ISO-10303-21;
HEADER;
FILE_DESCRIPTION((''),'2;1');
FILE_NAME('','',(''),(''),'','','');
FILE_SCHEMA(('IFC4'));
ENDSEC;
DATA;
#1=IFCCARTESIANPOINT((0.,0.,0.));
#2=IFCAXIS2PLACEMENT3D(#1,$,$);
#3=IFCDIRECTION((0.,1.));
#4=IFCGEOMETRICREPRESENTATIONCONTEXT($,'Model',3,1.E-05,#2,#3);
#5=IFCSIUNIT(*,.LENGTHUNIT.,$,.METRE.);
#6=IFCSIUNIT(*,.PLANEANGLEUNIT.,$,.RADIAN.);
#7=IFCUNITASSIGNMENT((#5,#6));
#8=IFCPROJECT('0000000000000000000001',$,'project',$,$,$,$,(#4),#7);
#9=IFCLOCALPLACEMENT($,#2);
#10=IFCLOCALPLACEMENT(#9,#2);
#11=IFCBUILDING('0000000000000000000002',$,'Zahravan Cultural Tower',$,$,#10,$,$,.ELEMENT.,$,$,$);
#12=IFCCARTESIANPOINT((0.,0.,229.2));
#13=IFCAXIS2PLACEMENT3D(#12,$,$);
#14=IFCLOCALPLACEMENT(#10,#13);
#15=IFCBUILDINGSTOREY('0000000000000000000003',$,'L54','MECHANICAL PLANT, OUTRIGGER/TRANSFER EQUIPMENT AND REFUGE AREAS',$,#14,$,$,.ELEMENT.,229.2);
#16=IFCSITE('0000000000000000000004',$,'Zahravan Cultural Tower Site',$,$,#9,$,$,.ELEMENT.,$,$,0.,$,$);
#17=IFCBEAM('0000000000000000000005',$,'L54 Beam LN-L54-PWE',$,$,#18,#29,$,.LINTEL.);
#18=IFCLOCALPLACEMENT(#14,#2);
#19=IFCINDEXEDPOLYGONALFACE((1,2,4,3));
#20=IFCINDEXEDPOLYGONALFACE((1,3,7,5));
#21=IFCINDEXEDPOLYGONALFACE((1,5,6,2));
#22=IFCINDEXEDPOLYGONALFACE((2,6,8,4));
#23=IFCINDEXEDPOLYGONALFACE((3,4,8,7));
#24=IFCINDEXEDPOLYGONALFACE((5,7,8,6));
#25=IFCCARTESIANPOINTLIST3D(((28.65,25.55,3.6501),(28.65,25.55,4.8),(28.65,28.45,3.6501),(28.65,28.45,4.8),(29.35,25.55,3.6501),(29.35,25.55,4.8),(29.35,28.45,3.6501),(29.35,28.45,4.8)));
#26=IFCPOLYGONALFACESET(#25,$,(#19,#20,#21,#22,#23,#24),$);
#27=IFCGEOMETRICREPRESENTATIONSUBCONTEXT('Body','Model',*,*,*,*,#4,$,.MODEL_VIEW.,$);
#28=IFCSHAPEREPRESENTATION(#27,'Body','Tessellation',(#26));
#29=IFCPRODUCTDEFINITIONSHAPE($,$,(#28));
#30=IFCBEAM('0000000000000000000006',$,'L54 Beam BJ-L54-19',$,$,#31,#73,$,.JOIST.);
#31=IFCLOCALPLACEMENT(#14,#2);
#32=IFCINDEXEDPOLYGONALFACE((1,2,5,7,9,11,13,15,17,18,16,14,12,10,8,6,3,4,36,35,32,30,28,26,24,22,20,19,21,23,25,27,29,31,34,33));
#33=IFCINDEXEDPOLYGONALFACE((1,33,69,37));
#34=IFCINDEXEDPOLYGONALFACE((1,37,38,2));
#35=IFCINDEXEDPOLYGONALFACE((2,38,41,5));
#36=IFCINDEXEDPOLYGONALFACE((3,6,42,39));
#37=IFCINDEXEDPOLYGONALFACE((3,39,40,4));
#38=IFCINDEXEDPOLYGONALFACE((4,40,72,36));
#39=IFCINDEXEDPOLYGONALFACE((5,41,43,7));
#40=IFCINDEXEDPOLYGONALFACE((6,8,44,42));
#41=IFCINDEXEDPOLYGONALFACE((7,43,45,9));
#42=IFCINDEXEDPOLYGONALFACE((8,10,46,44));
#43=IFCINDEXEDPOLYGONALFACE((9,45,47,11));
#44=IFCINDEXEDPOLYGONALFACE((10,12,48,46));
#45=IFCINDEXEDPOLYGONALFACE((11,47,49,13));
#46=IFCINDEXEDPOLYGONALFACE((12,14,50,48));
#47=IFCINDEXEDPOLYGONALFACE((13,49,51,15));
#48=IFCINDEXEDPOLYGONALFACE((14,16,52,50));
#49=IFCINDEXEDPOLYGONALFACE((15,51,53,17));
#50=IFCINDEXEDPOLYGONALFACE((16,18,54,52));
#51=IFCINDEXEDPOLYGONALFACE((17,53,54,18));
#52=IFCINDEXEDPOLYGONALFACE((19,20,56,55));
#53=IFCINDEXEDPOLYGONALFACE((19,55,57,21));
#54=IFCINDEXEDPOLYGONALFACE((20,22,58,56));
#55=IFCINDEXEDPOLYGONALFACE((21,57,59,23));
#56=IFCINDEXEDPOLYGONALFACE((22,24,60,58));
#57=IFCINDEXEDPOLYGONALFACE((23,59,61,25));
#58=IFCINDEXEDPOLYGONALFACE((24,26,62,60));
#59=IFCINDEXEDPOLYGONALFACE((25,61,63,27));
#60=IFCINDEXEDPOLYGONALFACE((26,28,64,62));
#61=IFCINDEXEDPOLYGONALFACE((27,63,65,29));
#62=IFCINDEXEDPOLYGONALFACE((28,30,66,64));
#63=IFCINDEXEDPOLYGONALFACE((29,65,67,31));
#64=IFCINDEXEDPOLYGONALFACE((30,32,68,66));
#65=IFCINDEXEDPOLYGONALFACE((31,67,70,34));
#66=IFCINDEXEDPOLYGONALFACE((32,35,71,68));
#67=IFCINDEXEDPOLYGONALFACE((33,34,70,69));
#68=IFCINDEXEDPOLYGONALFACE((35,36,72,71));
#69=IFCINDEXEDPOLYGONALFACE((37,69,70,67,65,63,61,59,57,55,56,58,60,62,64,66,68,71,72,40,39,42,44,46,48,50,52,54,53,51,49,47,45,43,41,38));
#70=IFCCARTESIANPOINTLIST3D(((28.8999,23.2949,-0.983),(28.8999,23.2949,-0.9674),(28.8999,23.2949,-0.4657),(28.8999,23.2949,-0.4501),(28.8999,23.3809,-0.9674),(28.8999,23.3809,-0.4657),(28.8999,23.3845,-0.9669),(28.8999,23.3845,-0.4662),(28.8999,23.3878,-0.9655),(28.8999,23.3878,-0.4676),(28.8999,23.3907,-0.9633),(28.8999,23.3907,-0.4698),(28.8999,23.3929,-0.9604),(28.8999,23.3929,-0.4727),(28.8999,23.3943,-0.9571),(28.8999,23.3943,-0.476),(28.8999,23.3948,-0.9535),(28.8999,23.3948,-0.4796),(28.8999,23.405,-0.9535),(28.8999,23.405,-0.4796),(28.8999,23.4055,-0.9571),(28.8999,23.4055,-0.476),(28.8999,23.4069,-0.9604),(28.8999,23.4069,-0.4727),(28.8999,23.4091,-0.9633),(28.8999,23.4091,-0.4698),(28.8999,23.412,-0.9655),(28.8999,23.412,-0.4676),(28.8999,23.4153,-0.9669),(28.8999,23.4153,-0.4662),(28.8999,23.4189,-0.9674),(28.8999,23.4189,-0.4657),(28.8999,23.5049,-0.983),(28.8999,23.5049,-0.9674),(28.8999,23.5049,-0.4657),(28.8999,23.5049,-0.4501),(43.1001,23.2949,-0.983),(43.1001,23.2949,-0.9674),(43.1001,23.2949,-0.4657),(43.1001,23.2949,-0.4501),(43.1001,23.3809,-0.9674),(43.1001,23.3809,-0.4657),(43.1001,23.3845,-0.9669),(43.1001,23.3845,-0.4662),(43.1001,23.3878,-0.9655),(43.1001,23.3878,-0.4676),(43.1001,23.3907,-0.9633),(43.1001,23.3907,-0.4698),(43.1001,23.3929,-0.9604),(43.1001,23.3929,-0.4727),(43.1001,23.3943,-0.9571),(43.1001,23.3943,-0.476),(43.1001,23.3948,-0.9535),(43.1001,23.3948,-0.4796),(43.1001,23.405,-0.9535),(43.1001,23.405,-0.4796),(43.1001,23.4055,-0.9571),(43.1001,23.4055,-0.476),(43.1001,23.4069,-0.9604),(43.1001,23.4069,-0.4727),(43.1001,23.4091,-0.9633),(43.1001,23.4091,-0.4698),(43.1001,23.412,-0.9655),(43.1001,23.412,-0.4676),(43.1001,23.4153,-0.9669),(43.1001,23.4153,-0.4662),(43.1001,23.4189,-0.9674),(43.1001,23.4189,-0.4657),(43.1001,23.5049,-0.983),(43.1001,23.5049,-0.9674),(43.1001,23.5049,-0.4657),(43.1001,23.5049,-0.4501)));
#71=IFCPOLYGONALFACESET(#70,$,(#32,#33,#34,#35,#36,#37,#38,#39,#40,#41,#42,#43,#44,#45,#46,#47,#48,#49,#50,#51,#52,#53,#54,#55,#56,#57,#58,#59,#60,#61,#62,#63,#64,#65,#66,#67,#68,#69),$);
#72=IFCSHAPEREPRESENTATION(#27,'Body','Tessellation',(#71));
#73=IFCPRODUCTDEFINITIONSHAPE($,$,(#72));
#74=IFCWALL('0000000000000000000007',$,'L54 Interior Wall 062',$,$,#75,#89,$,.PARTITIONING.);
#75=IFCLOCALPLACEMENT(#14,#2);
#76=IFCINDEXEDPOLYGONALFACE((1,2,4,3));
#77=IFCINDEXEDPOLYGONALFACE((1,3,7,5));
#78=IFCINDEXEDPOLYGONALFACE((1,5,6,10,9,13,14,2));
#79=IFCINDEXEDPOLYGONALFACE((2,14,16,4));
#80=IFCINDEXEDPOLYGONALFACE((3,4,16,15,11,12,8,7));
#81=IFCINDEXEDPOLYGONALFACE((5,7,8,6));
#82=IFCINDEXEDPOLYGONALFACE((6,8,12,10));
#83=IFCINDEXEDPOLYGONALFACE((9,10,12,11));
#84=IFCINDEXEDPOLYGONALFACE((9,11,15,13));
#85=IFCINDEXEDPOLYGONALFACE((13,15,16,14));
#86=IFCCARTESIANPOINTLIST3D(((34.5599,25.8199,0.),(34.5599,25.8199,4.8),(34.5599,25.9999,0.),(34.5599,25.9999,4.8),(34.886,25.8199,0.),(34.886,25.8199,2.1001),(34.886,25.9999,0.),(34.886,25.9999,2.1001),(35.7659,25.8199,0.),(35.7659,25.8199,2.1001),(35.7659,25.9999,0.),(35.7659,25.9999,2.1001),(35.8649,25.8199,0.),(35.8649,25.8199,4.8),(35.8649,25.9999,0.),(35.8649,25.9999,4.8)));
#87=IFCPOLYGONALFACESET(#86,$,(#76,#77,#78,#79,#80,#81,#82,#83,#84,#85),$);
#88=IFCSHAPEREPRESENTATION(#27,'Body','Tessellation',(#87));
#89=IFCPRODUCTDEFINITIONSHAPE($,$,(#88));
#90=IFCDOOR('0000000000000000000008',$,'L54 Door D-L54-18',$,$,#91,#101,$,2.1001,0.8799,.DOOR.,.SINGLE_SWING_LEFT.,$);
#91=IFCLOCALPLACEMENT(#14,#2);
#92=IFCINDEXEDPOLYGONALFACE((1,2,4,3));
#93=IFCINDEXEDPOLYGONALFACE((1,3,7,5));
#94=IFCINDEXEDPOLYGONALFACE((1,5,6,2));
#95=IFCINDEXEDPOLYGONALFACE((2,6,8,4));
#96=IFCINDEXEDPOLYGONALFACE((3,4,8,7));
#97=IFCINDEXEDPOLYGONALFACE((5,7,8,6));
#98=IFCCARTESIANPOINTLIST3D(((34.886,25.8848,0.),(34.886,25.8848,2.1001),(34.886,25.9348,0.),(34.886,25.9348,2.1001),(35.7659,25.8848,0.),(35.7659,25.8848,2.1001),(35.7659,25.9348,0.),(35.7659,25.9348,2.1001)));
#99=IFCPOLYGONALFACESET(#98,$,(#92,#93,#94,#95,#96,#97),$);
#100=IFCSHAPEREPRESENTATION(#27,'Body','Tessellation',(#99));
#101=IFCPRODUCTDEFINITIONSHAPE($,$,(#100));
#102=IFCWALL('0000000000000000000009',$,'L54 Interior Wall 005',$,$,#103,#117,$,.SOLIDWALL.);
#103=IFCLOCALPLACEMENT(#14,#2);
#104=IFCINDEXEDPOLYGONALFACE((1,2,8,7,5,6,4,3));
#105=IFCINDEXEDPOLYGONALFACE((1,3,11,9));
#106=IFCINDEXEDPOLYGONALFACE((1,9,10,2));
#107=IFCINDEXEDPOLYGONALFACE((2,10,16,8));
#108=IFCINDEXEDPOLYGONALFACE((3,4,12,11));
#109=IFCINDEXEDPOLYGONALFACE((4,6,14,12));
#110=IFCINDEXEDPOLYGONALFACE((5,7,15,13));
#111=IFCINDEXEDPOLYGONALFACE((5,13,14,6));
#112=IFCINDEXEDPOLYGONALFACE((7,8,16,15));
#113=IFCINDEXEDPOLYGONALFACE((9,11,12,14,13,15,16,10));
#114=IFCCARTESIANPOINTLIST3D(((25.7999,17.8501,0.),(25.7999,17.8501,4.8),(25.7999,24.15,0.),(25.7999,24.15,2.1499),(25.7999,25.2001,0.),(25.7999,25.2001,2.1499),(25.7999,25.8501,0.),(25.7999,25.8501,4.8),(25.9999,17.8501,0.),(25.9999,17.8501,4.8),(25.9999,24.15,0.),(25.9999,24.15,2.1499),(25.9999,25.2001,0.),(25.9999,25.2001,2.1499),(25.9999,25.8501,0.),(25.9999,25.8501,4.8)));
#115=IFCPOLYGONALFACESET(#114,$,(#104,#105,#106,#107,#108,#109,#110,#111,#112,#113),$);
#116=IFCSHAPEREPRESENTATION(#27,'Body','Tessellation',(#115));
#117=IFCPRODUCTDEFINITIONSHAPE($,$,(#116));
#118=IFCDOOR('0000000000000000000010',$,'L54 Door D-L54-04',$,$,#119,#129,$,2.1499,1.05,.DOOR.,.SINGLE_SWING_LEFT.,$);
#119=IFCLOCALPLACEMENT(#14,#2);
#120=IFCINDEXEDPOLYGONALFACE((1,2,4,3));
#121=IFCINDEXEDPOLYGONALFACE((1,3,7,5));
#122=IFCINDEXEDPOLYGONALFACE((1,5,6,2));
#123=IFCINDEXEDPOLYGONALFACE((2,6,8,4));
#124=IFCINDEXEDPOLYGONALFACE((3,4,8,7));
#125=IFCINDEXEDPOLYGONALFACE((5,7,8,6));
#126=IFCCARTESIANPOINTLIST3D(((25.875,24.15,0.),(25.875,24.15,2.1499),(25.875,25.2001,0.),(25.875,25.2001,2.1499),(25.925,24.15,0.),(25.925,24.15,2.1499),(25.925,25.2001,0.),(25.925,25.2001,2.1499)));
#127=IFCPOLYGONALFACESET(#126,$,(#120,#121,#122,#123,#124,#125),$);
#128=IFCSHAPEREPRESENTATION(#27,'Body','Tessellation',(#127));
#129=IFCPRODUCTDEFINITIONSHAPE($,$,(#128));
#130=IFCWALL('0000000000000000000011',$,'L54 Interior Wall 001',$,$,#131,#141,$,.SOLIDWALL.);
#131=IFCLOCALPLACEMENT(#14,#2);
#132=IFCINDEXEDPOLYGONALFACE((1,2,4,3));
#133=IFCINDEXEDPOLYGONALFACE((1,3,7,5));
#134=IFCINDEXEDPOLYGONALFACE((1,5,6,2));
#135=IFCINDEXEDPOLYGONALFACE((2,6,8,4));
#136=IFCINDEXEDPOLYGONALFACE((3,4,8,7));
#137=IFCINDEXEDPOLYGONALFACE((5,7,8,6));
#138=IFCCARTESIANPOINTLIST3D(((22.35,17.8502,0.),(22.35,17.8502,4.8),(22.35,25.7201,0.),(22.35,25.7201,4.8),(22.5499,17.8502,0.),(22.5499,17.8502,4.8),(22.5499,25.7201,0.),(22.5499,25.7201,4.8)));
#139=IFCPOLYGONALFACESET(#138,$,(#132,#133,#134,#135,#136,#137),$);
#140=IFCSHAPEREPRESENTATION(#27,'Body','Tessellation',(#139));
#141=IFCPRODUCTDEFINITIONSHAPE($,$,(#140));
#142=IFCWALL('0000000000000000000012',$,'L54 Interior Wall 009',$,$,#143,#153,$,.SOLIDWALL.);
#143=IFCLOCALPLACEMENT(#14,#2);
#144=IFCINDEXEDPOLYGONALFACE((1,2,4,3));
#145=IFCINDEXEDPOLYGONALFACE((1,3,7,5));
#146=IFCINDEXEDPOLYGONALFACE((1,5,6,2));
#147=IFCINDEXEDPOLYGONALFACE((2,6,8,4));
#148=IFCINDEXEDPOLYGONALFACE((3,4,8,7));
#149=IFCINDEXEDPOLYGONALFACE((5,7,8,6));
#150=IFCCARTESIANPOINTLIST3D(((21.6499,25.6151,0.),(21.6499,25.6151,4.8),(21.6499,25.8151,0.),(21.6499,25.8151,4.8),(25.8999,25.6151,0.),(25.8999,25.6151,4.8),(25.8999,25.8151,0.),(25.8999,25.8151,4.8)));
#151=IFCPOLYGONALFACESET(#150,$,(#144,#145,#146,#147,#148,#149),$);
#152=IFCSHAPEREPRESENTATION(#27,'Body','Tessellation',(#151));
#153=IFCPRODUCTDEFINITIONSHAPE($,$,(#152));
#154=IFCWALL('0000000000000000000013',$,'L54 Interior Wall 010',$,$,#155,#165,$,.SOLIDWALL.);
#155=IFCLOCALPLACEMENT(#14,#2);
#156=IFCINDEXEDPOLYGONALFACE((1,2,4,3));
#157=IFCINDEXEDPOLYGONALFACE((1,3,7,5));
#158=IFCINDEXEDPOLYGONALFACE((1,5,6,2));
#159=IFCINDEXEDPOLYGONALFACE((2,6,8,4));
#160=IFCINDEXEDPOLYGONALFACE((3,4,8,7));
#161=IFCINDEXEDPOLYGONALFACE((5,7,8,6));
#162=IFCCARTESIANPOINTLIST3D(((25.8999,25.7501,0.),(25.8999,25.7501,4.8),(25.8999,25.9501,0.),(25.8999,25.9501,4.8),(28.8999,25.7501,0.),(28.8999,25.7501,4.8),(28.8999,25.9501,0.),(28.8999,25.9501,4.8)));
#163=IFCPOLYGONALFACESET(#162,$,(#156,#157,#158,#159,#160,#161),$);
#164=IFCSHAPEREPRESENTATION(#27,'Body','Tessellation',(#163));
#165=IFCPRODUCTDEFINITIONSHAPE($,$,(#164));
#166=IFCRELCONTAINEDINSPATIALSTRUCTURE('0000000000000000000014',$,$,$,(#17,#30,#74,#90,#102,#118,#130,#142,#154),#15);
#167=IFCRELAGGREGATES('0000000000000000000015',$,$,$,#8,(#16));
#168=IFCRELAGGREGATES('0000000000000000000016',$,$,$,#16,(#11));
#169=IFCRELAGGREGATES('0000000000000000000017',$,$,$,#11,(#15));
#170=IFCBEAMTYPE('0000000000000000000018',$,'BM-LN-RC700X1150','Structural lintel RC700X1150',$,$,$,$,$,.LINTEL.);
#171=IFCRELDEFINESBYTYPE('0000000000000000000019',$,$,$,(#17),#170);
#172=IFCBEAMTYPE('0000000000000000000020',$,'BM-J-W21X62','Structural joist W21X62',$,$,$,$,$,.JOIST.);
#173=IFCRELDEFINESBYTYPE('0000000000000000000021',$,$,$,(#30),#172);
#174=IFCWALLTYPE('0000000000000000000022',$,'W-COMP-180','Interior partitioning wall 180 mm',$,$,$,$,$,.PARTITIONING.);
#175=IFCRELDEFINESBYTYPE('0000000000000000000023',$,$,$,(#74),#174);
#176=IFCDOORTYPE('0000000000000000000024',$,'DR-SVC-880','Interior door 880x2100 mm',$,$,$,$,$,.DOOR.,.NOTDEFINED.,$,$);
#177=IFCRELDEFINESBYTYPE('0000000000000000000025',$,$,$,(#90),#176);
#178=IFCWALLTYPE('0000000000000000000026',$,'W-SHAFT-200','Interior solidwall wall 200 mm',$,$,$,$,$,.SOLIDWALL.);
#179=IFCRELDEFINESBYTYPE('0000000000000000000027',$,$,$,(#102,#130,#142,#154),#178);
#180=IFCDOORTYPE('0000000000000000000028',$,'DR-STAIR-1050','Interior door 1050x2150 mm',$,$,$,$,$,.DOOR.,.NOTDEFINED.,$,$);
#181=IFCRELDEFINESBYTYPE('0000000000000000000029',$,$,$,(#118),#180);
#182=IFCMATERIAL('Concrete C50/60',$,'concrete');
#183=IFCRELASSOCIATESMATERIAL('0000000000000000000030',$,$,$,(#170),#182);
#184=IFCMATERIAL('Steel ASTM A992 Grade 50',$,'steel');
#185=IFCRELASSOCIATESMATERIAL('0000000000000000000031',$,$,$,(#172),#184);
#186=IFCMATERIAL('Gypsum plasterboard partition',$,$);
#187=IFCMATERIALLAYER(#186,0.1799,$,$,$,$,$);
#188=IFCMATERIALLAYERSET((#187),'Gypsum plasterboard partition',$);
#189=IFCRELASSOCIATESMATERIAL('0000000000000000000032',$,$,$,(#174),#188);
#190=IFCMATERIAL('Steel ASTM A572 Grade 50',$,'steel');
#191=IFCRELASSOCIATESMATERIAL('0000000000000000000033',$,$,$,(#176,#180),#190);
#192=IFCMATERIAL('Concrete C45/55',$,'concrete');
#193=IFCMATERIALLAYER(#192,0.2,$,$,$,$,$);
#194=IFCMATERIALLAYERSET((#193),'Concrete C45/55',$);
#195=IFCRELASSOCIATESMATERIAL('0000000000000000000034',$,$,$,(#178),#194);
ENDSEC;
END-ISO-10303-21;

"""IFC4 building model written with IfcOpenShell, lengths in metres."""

from ifc_helpers import new_model, si_unit, direction, frame, frame_2d, origin, origin_2d, place, context, subcontext, project, spatial, rectangle, i_section, extrude, source, transform, mapped, material, layer, layer_set, material_profile, profile_set, type_object, element, fill, save


model = new_model("IFC4")

# Units and contexts
model_context = context("Model", 3, precision=1e-05, world=origin(), true_north=direction((0.0, 1.0)))
body_context = subcontext(model_context, "Body", "Model", "MODEL_VIEW")
ifc_project = project(units=[si_unit("LENGTHUNIT", "METRE"), si_unit("PLANEANGLEUNIT", "RADIAN")], contexts=[model_context])

# Site, building, storey
site_placement = place(None, origin())
site = spatial("IfcSite", under=ifc_project, at=site_placement, Name="Zahravan Cultural Tower Site", CompositionType="ELEMENT", RefElevation=0.0)
building_placement = place(site_placement, origin())
building = spatial("IfcBuilding", under=site, at=building_placement, Name="Zahravan Cultural Tower", CompositionType="ELEMENT")
storey_placement = place(building_placement, frame((0.0, 0.0, 229.2)))
storey = spatial("IfcBuildingStorey", under=building, at=storey_placement, Name="L54", Description="MECHANICAL PLANT, OUTRIGGER/TRANSFER EQUIPMENT AND REFUGE AREAS", CompositionType="ELEMENT", Elevation=229.2)

# Beams
ifc_material_1 = material(Name="Concrete C50/60", Category="concrete")
ifc_material_profile_1 = material_profile(ifc_material_1, rectangle(XDim=0.7, YDim=1.1499, at=origin_2d()), Name="RC700X1150")
ifc_profile_set_1 = profile_set([ifc_material_profile_1], Name="Concrete C50/60")
beam_type_1 = type_object("IfcBeamType", Name="BM-LN-RC700X1150", Description="Structural lintel RC700X1150", PredefinedType="LINTEL", material=ifc_profile_set_1)
shared_shape_1 = source(origin(), body_context, "Body", "SweptSolid", [
    extrude(rectangle(XDim=0.7, YDim=1.1499, at=origin_2d()), origin(), (0.0, 0.0, 1.0), 2.8999),
])
beam_1_placement = place(storey_placement, frame((29.0, 25.55, 4.2251), z_axis=(0.0, 1.0, 0.0), x_axis=(-1.0, 0.0, 0.0)))
element("IfcBeam", 1, at=beam_1_placement, inside=storey, type_object=beam_type_1, Name="L54 Beam LN-L54-PWE", PredefinedType="LINTEL", context=body_context, shape_type="MappedRepresentation", body=[
    mapped(shared_shape_1, transform((0.0, 0.0, 0.0), x_axis=(1.0, 0.0, 0.0), y_axis=(0.0, 1.0, 0.0), z_axis=(0.0, 0.0, 1.0), scale=1.0)),
])
ifc_material_2 = material(Name="Steel ASTM A992 Grade 50", Category="steel")
ifc_material_profile_2 = material_profile(ifc_material_2, i_section(OverallWidth=0.21, OverallDepth=0.533, WebThickness=0.0103, FlangeThickness=0.0156, FilletRadius=0.0139, at=origin_2d()), Name="W21X62")
ifc_profile_set_2 = profile_set([ifc_material_profile_2], Name="Steel ASTM A992 Grade 50")
beam_type_2 = type_object("IfcBeamType", Name="BM-J-W21X62", Description="Structural joist W21X62", PredefinedType="JOIST", material=ifc_profile_set_2)
shared_shape_2 = source(origin(), body_context, "Body", "SweptSolid", [
    extrude(i_section(OverallWidth=0.21, OverallDepth=0.533, WebThickness=0.0103, FlangeThickness=0.0156, FilletRadius=0.0139, at=origin_2d()), origin(), (0.0, 0.0, 1.0), 14.2002),
])
beam_2_placement = place(storey_placement, frame((28.8999, 23.3999, -0.7166), z_axis=(1.0, 0.0, 0.0), x_axis=(0.0, 1.0, 0.0)))
element("IfcBeam", 2, at=beam_2_placement, inside=storey, type_object=beam_type_2, Name="L54 Beam BJ-L54-19", PredefinedType="JOIST", context=body_context, shape_type="MappedRepresentation", body=[
    mapped(shared_shape_2, transform((0.0, 0.0, 0.0), x_axis=(1.0, 0.0, 0.0), y_axis=(0.0, 1.0, 0.0), z_axis=(0.0, 0.0, 1.0), scale=1.0)),
])

# Walls, openings, doors
ifc_material_3 = material(Name="Gypsum plasterboard partition")
ifc_layer_1 = layer(ifc_material_3, 0.1799)
ifc_layer_set_1 = layer_set([ifc_layer_1], Name="Gypsum plasterboard partition")
wall_type_1 = type_object("IfcWallType", Name="W-COMP-180", Description="Interior partitioning wall 180 mm", PredefinedType="PARTITIONING", material=ifc_layer_set_1)
ifc_material_4 = material(Name="Steel ASTM A572 Grade 50", Category="steel")
wall_1_placement = place(storey_placement, frame((34.5601, 25.9099, 0.0), z_axis=(0.0, 0.0, 1.0), x_axis=(1.0, 0.0, 0.0)))
wall_1 = element("IfcWall", 3, at=wall_1_placement, inside=storey, type_object=wall_type_1, Name="L54 Interior Wall 062", PredefinedType="PARTITIONING", context=body_context, shape_type="SweptSolid", body=[
    extrude(rectangle(XDim=1.3049, YDim=0.1799, at=frame_2d((0.6523, 0.0))), origin(), (0.0, 0.0, 1.0), 4.8),
])
opening_1_placement = place(wall_1_placement, frame((0.3259, 0.0, 0.0)))
opening_1 = element("IfcOpeningElement", 4, at=opening_1_placement, cuts=wall_1, PredefinedType="OPENING", context=body_context, shape_type="SweptSolid", body=[
    extrude(rectangle(XDim=0.8799, YDim=2.1001, at=frame_2d((0.4399, 1.05))), frame((0.0, 0.0999, 0.0), z_axis=(0.0, -1.0, 0.0), x_axis=(1.0, 0.0, 0.0)), (0.0, 0.0, 1.0), 0.2),
])
door_type_1 = type_object("IfcDoorType", Name="DR-SVC-880", Description="Interior door 880x2100 mm", OperationType="NOTDEFINED", PredefinedType="DOOR", material=ifc_material_4)
shared_shape_3 = source(origin(), body_context, "Body", "SweptSolid", [
    extrude(rectangle(XDim=0.8799, YDim=2.1001, at=frame_2d((0.4399, 1.05))), frame((0.0, 0.0249, 0.0), z_axis=(0.0, -1.0, 0.0), x_axis=(1.0, 0.0, 0.0)), (0.0, 0.0, 1.0), 0.05),
])
door_1_placement = place(opening_1_placement, origin())
door_1 = element("IfcDoor", 5, at=door_1_placement, inside=storey, type_object=door_type_1, Name="L54 Door D-L54-18", OperationType="SINGLE_SWING_LEFT", OverallHeight=2.1001, OverallWidth=0.8799, PredefinedType="DOOR", context=body_context, shape_type="MappedRepresentation", body=[
    mapped(shared_shape_3, transform((0.0, 0.0, 0.0), x_axis=(1.0, 0.0, 0.0), y_axis=(0.0, 1.0, 0.0), z_axis=(0.0, 0.0, 1.0), scale=1.0)),
])
fill(opening_1, door_1)
ifc_material_5 = material(Name="Concrete C45/55", Category="concrete")
ifc_layer_2 = layer(ifc_material_5, 0.2)
ifc_layer_set_2 = layer_set([ifc_layer_2], Name="Concrete C45/55")
wall_type_2 = type_object("IfcWallType", Name="W-SHAFT-200", Description="Interior solidwall wall 200 mm", PredefinedType="SOLIDWALL", material=ifc_layer_set_2)
wall_2_placement = place(storey_placement, frame((25.8999, 17.8501, 0.0), z_axis=(0.0, 0.0, 1.0), x_axis=(0.0, 1.0, 0.0)))
wall_2 = element("IfcWall", 6, at=wall_2_placement, inside=storey, type_object=wall_type_2, Name="L54 Interior Wall 005", PredefinedType="SOLIDWALL", context=body_context, shape_type="SweptSolid", body=[
    extrude(rectangle(XDim=8.0, YDim=0.2, at=frame_2d((4.0, 0.0))), origin(), (0.0, 0.0, 1.0), 4.8),
])
opening_2_placement = place(wall_2_placement, frame((6.3, 0.0, 0.0)))
opening_2 = element("IfcOpeningElement", 7, at=opening_2_placement, cuts=wall_2, PredefinedType="OPENING", context=body_context, shape_type="SweptSolid", body=[
    extrude(rectangle(XDim=1.05, YDim=2.1499, at=frame_2d((0.5249, 1.075))), frame((0.0, 0.1099, 0.0), z_axis=(0.0, -1.0, 0.0), x_axis=(1.0, 0.0, 0.0)), (0.0, 0.0, 1.0), 0.22),
])
door_type_2 = type_object("IfcDoorType", Name="DR-STAIR-1050", Description="Interior door 1050x2150 mm", OperationType="NOTDEFINED", PredefinedType="DOOR", material=ifc_material_4)
shared_shape_4 = source(origin(), body_context, "Body", "SweptSolid", [
    extrude(rectangle(XDim=1.05, YDim=2.1499, at=frame_2d((0.5249, 1.075))), frame((0.0, 0.0249, 0.0), z_axis=(0.0, -1.0, 0.0), x_axis=(1.0, 0.0, 0.0)), (0.0, 0.0, 1.0), 0.05),
])
door_2_placement = place(opening_2_placement, origin())
door_2 = element("IfcDoor", 8, at=door_2_placement, inside=storey, type_object=door_type_2, Name="L54 Door D-L54-04", OperationType="SINGLE_SWING_LEFT", OverallHeight=2.1499, OverallWidth=1.05, PredefinedType="DOOR", context=body_context, shape_type="MappedRepresentation", body=[
    mapped(shared_shape_4, transform((0.0, 0.0, 0.0), x_axis=(1.0, 0.0, 0.0), y_axis=(0.0, 1.0, 0.0), z_axis=(0.0, 0.0, 1.0), scale=1.0)),
])
fill(opening_2, door_2)

# Walls
shared_shape_5 = source(origin(), body_context, "Body", "SweptSolid", [
    extrude(rectangle(XDim=7.8699, YDim=0.2, at=frame_2d((3.9351, 0.0))), origin(), (0.0, 0.0, 1.0), 4.8),
])
wall_3_placement = place(storey_placement, frame((22.45, 17.8501, 0.0), z_axis=(0.0, 0.0, 1.0), x_axis=(0.0, 1.0, 0.0)))
element("IfcWall", 9, at=wall_3_placement, inside=storey, type_object=wall_type_2, Name="L54 Interior Wall 001", PredefinedType="SOLIDWALL", context=body_context, shape_type="MappedRepresentation", body=[
    mapped(shared_shape_5, transform((0.0, 0.0, 0.0), x_axis=(1.0, 0.0, 0.0), y_axis=(0.0, 1.0, 0.0), z_axis=(0.0, 0.0, 1.0), scale=1.0)),
])
shared_shape_6 = source(origin(), body_context, "Body", "SweptSolid", [
    extrude(rectangle(XDim=4.25, YDim=0.2, at=frame_2d((2.125, 0.0))), origin(), (0.0, 0.0, 1.0), 4.8),
])
wall_4_placement = place(storey_placement, frame((21.6499, 25.7151, 0.0), z_axis=(0.0, 0.0, 1.0), x_axis=(1.0, 0.0, 0.0)))
element("IfcWall", 10, at=wall_4_placement, inside=storey, type_object=wall_type_2, Name="L54 Interior Wall 009", PredefinedType="SOLIDWALL", context=body_context, shape_type="MappedRepresentation", body=[
    mapped(shared_shape_6, transform((0.0, 0.0, 0.0), x_axis=(1.0, 0.0, 0.0), y_axis=(0.0, 1.0, 0.0), z_axis=(0.0, 0.0, 1.0), scale=1.0)),
])
shared_shape_7 = source(origin(), body_context, "Body", "SweptSolid", [
    extrude(rectangle(XDim=3.0, YDim=0.2, at=frame_2d((1.5, 0.0))), origin(), (0.0, 0.0, 1.0), 4.8),
])
wall_5_placement = place(storey_placement, frame((25.8999, 25.8501, 0.0), z_axis=(0.0, 0.0, 1.0), x_axis=(1.0, 0.0, 0.0)))
element("IfcWall", 11, at=wall_5_placement, inside=storey, type_object=wall_type_2, Name="L54 Interior Wall 010", PredefinedType="SOLIDWALL", context=body_context, shape_type="MappedRepresentation", body=[
    mapped(shared_shape_7, transform((0.0, 0.0, 0.0), x_axis=(1.0, 0.0, 0.0), y_axis=(0.0, 1.0, 0.0), z_axis=(0.0, 0.0, 1.0), scale=1.0)),
])

save(model, "model.ifc")
